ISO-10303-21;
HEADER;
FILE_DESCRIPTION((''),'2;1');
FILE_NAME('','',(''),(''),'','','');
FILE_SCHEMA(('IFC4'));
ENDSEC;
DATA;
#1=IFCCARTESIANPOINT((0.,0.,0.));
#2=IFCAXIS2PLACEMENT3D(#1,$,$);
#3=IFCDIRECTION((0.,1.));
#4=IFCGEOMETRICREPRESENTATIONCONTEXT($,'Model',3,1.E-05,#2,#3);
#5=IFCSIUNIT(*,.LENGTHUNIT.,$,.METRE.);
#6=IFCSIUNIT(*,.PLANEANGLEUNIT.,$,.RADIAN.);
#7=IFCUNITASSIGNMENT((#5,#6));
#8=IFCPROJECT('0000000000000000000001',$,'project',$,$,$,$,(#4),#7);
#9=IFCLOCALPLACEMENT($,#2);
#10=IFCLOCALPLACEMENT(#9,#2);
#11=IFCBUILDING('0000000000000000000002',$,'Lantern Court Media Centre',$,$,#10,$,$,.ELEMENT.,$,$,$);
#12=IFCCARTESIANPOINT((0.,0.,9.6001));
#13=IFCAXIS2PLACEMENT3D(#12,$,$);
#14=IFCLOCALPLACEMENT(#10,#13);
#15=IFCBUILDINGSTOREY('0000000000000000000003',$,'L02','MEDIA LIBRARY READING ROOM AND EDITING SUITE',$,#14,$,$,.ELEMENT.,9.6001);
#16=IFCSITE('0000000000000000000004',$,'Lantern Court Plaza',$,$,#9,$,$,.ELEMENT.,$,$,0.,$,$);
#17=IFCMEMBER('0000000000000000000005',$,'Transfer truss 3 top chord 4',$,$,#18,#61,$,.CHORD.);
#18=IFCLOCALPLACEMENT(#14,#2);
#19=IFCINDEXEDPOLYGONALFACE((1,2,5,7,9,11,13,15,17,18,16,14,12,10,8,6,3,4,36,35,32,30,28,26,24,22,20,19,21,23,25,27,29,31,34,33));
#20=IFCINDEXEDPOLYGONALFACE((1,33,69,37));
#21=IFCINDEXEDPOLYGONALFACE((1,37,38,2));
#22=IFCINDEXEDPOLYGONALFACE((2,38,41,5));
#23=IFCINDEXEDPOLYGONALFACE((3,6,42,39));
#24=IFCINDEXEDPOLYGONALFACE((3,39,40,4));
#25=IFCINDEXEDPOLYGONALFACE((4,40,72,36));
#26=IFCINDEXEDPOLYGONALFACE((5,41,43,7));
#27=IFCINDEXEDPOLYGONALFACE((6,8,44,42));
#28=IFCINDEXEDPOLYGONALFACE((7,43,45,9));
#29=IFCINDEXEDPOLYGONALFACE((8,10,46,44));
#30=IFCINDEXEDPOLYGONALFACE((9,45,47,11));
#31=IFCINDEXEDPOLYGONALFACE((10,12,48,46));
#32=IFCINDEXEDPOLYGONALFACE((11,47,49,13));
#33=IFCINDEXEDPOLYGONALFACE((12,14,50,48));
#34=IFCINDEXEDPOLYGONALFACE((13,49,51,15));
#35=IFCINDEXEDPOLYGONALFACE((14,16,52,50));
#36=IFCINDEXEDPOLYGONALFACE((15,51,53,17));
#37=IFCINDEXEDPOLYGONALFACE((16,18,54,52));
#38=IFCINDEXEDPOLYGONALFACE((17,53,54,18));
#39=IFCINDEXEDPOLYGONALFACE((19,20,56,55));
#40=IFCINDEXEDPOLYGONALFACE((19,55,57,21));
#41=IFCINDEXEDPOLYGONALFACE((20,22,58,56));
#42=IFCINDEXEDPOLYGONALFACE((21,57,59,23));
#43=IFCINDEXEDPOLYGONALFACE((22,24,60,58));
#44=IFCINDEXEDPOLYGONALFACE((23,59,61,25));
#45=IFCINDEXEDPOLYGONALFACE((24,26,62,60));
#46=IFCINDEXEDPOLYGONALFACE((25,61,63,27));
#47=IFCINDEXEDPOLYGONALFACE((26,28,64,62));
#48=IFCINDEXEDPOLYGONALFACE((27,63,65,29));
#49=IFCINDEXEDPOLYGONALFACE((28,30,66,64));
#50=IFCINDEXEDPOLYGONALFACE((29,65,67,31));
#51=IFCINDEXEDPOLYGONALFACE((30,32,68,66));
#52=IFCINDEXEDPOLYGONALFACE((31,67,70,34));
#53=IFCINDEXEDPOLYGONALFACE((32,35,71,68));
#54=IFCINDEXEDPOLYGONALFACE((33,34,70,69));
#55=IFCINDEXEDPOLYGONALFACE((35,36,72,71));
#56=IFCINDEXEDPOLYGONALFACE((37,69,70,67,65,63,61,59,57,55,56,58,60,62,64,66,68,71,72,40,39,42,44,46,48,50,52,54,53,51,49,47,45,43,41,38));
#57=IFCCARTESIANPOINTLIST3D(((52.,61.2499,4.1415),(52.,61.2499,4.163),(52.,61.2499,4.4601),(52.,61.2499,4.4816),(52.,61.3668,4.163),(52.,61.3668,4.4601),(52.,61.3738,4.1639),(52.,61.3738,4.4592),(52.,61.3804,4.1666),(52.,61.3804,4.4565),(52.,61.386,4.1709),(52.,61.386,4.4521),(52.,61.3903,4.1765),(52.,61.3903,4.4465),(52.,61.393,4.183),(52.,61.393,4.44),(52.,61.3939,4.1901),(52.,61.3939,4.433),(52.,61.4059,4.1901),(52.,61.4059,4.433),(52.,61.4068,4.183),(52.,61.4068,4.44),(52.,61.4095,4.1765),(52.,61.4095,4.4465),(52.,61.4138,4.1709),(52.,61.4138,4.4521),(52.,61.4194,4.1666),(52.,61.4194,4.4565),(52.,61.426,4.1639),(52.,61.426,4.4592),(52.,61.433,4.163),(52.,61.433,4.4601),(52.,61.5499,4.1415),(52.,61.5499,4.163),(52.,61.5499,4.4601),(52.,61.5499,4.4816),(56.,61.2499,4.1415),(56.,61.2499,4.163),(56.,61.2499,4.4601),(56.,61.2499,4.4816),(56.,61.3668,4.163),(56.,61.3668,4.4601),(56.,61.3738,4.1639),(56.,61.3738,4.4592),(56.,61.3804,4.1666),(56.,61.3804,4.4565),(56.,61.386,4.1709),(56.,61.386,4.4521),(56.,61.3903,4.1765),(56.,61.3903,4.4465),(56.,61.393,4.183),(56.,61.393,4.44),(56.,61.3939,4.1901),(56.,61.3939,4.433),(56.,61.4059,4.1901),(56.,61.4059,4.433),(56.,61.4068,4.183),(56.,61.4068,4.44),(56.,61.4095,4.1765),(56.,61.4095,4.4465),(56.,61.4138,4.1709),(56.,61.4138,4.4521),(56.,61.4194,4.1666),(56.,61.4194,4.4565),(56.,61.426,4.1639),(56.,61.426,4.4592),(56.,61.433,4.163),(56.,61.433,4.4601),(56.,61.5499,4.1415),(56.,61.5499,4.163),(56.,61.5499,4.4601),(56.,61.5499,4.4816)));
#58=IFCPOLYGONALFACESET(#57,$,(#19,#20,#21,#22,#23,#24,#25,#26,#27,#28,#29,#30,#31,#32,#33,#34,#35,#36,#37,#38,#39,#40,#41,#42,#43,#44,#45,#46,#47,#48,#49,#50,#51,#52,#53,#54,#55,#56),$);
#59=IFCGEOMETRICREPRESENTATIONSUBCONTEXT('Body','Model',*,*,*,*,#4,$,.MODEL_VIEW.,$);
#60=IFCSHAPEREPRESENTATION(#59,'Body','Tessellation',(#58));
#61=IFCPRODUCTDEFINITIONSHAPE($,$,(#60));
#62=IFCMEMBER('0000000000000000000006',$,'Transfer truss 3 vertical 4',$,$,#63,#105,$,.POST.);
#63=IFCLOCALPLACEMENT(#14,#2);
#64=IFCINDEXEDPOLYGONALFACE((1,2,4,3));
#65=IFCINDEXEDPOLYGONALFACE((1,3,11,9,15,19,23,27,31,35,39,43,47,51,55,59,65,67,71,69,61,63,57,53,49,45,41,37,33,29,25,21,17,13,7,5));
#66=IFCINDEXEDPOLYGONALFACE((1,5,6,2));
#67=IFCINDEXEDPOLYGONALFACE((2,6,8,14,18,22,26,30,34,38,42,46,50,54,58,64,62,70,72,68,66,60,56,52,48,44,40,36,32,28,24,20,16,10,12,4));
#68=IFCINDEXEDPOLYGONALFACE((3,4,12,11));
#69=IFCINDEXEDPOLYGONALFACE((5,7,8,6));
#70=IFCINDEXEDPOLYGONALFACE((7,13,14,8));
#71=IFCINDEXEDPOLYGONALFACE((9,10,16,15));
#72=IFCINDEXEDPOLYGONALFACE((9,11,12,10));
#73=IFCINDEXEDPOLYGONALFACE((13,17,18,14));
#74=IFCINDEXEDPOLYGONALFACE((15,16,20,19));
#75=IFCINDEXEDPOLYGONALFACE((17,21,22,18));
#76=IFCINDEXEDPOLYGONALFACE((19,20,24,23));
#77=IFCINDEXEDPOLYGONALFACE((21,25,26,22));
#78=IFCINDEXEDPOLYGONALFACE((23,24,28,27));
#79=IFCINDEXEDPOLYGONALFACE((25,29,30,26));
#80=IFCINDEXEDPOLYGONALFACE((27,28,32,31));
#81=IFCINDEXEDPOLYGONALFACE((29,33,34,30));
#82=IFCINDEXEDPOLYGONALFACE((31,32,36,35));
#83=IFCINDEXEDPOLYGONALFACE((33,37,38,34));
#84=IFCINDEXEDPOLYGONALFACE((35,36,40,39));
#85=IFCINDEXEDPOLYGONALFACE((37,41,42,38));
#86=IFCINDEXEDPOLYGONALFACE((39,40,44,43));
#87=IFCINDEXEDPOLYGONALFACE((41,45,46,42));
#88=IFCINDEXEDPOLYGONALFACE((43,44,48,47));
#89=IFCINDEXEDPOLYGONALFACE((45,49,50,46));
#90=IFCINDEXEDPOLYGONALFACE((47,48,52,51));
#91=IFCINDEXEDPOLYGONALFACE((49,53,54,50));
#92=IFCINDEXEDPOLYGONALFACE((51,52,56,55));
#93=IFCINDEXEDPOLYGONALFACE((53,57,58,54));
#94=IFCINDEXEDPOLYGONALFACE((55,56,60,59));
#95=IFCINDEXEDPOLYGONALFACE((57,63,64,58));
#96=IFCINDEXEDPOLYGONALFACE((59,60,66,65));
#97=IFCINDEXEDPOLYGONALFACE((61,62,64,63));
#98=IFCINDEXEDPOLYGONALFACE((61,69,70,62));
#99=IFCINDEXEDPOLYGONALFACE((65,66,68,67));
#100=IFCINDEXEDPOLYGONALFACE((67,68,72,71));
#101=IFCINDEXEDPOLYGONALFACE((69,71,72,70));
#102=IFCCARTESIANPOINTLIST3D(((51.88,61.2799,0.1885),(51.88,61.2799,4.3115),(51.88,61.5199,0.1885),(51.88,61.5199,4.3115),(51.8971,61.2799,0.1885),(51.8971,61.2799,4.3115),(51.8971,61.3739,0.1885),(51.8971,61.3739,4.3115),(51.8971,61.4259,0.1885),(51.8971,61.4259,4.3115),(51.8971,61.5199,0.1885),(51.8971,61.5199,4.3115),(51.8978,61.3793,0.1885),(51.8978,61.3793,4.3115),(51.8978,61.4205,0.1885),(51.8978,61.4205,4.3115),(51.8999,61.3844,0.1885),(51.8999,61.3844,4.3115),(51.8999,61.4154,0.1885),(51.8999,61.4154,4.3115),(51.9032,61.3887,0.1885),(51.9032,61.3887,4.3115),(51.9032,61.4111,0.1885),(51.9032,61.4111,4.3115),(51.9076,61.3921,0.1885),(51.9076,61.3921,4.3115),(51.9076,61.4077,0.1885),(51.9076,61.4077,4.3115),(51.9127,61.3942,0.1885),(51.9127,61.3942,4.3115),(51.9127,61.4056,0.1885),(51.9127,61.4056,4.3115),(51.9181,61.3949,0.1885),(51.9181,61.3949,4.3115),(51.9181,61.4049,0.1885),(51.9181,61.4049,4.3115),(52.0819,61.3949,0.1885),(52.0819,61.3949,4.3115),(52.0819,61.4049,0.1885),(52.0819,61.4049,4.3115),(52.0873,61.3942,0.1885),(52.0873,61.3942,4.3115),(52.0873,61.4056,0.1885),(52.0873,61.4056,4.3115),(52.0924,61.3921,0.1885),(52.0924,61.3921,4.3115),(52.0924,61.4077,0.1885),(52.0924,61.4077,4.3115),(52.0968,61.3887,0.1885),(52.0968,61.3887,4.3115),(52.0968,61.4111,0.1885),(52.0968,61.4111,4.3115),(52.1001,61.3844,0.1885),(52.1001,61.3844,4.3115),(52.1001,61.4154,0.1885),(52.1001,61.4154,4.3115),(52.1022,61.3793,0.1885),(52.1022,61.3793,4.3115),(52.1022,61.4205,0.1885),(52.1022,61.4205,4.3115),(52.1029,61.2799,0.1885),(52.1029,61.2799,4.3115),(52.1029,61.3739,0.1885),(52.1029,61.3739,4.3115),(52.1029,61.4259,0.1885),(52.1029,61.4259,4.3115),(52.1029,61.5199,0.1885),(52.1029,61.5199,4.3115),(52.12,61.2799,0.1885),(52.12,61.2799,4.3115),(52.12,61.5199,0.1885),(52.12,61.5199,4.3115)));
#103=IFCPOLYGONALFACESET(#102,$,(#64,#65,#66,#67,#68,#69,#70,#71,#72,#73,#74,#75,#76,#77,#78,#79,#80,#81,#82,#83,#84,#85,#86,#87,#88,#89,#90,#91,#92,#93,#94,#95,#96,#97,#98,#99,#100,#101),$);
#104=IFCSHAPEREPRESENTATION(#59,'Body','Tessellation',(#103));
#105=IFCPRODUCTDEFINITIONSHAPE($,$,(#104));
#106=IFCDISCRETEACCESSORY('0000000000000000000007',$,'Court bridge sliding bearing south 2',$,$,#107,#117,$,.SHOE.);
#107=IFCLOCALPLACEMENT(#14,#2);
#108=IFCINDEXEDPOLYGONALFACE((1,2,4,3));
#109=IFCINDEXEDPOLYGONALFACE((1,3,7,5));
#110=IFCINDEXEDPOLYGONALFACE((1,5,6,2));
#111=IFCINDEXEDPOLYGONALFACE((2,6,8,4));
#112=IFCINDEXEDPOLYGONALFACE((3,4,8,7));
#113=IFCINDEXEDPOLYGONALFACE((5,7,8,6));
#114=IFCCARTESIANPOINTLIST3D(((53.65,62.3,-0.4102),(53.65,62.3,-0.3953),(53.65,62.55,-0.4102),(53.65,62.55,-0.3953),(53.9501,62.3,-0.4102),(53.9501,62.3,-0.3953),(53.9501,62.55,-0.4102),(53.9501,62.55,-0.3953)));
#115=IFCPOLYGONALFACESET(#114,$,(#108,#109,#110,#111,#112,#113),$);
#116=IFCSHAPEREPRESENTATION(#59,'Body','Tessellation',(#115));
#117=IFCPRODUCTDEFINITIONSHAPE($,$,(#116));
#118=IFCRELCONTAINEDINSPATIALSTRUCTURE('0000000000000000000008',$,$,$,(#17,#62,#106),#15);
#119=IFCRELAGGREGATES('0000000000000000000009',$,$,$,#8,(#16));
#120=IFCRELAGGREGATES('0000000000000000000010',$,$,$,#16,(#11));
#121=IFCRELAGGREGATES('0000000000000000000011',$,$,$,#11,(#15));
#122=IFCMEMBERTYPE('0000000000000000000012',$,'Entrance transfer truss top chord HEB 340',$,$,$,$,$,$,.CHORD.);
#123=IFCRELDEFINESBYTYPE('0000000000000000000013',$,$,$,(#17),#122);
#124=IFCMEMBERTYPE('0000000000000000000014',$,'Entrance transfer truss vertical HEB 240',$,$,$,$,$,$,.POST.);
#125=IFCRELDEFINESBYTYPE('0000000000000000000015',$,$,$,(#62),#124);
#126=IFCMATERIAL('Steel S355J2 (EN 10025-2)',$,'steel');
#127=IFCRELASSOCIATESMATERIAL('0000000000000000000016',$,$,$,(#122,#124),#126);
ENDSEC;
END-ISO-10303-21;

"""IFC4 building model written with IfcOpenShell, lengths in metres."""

from ifc_helpers import new_model, si_unit, direction, frame, origin, origin_2d, place, context, subcontext, project, spatial, rectangle, i_section, extrude, material, material_profile, profile_set, type_object, element, save


model = new_model("IFC4")

# Units and contexts
model_context = context("Model", 3, precision=1e-05, world=origin(), true_north=direction((0.0, 1.0)))
body_context = subcontext(model_context, "Body", "Model", "MODEL_VIEW")
ifc_project = project(units=[si_unit("LENGTHUNIT", "METRE"), si_unit("PLANEANGLEUNIT", "RADIAN")], contexts=[model_context])

# Site, building, storey
site_placement = place(None, origin())
site = spatial("IfcSite", under=ifc_project, at=site_placement, Name="Lantern Court Plaza", CompositionType="ELEMENT", RefElevation=0.0)
building_placement = place(site_placement, origin())
building = spatial("IfcBuilding", under=site, at=building_placement, Name="Lantern Court Media Centre", CompositionType="ELEMENT")
storey_placement = place(building_placement, frame((0.0, 0.0, 9.6001)))
storey = spatial("IfcBuildingStorey", under=building, at=storey_placement, Name="L02", Description="MEDIA LIBRARY READING ROOM AND EDITING SUITE", CompositionType="ELEMENT", Elevation=9.6001)

# Shared definitions
ifc_material_1 = material(Name="Steel S355J2 (EN 10025-2)", Category="steel")

# Members
ifc_material_profile_1 = material_profile(ifc_material_1, i_section(OverallWidth=0.3, OverallDepth=0.3401, WebThickness=0.012, FlangeThickness=0.0215, FilletRadius=0.0271, at=origin_2d()), Name="HEB 340")
ifc_profile_set_1 = profile_set([ifc_material_profile_1], Name="Steel S355J2 (EN 10025-2)")
member_type_1 = type_object("IfcMemberType", Name="Entrance transfer truss top chord HEB 340", PredefinedType="CHORD", material=ifc_profile_set_1)
member_1_placement = place(storey_placement, frame((52.0, 61.3999, 4.3115), z_axis=(1.0, 0.0, 0.0), x_axis=(0.0, 1.0, 0.0)))
element("IfcMember", 1, at=member_1_placement, inside=storey, type_object=member_type_1, Name="Transfer truss 3 top chord 4", PredefinedType="CHORD", context=body_context, shape_type="SweptSolid", body=[
    extrude(i_section(OverallWidth=0.3, OverallDepth=0.3401, WebThickness=0.012, FlangeThickness=0.0215, FilletRadius=0.0271, at=origin_2d()), origin(), (0.0, 0.0, 1.0), 4.0),
])
ifc_material_profile_2 = material_profile(ifc_material_1, i_section(OverallWidth=0.24, OverallDepth=0.24, WebThickness=0.01, FlangeThickness=0.0171, FilletRadius=0.021, at=origin_2d()), Name="HEB 240")
ifc_profile_set_2 = profile_set([ifc_material_profile_2], Name="Steel S355J2 (EN 10025-2)")
member_type_2 = type_object("IfcMemberType", Name="Entrance transfer truss vertical HEB 240", PredefinedType="POST", material=ifc_profile_set_2)
member_2_placement = place(storey_placement, frame((52.0, 61.3999, 0.1885), z_axis=(0.0, 0.0, 1.0), x_axis=(0.0, 1.0, 0.0)))
element("IfcMember", 2, at=member_2_placement, inside=storey, type_object=member_type_2, Name="Transfer truss 3 vertical 4", PredefinedType="POST", context=body_context, shape_type="SweptSolid", body=[
    extrude(i_section(OverallWidth=0.24, OverallDepth=0.24, WebThickness=0.01, FlangeThickness=0.0171, FilletRadius=0.021, at=origin_2d()), origin(), (0.0, 0.0, 1.0), 4.123),
])

# Discrete accessory
discrete_accessory_placement = place(storey_placement, frame((53.8, 62.425, -0.4102), z_axis=(0.0, 0.0, 1.0), x_axis=(1.0, 0.0, 0.0)))
element("IfcDiscreteAccessory", 3, at=discrete_accessory_placement, inside=storey, Name="Court bridge sliding bearing south 2", PredefinedType="SHOE", context=body_context, shape_type="SweptSolid", body=[
    extrude(rectangle(XDim=0.3, YDim=0.25, at=origin_2d()), origin(), (0.0, 0.0, 1.0), 0.0149),
])

save(model, "model.ifc")
